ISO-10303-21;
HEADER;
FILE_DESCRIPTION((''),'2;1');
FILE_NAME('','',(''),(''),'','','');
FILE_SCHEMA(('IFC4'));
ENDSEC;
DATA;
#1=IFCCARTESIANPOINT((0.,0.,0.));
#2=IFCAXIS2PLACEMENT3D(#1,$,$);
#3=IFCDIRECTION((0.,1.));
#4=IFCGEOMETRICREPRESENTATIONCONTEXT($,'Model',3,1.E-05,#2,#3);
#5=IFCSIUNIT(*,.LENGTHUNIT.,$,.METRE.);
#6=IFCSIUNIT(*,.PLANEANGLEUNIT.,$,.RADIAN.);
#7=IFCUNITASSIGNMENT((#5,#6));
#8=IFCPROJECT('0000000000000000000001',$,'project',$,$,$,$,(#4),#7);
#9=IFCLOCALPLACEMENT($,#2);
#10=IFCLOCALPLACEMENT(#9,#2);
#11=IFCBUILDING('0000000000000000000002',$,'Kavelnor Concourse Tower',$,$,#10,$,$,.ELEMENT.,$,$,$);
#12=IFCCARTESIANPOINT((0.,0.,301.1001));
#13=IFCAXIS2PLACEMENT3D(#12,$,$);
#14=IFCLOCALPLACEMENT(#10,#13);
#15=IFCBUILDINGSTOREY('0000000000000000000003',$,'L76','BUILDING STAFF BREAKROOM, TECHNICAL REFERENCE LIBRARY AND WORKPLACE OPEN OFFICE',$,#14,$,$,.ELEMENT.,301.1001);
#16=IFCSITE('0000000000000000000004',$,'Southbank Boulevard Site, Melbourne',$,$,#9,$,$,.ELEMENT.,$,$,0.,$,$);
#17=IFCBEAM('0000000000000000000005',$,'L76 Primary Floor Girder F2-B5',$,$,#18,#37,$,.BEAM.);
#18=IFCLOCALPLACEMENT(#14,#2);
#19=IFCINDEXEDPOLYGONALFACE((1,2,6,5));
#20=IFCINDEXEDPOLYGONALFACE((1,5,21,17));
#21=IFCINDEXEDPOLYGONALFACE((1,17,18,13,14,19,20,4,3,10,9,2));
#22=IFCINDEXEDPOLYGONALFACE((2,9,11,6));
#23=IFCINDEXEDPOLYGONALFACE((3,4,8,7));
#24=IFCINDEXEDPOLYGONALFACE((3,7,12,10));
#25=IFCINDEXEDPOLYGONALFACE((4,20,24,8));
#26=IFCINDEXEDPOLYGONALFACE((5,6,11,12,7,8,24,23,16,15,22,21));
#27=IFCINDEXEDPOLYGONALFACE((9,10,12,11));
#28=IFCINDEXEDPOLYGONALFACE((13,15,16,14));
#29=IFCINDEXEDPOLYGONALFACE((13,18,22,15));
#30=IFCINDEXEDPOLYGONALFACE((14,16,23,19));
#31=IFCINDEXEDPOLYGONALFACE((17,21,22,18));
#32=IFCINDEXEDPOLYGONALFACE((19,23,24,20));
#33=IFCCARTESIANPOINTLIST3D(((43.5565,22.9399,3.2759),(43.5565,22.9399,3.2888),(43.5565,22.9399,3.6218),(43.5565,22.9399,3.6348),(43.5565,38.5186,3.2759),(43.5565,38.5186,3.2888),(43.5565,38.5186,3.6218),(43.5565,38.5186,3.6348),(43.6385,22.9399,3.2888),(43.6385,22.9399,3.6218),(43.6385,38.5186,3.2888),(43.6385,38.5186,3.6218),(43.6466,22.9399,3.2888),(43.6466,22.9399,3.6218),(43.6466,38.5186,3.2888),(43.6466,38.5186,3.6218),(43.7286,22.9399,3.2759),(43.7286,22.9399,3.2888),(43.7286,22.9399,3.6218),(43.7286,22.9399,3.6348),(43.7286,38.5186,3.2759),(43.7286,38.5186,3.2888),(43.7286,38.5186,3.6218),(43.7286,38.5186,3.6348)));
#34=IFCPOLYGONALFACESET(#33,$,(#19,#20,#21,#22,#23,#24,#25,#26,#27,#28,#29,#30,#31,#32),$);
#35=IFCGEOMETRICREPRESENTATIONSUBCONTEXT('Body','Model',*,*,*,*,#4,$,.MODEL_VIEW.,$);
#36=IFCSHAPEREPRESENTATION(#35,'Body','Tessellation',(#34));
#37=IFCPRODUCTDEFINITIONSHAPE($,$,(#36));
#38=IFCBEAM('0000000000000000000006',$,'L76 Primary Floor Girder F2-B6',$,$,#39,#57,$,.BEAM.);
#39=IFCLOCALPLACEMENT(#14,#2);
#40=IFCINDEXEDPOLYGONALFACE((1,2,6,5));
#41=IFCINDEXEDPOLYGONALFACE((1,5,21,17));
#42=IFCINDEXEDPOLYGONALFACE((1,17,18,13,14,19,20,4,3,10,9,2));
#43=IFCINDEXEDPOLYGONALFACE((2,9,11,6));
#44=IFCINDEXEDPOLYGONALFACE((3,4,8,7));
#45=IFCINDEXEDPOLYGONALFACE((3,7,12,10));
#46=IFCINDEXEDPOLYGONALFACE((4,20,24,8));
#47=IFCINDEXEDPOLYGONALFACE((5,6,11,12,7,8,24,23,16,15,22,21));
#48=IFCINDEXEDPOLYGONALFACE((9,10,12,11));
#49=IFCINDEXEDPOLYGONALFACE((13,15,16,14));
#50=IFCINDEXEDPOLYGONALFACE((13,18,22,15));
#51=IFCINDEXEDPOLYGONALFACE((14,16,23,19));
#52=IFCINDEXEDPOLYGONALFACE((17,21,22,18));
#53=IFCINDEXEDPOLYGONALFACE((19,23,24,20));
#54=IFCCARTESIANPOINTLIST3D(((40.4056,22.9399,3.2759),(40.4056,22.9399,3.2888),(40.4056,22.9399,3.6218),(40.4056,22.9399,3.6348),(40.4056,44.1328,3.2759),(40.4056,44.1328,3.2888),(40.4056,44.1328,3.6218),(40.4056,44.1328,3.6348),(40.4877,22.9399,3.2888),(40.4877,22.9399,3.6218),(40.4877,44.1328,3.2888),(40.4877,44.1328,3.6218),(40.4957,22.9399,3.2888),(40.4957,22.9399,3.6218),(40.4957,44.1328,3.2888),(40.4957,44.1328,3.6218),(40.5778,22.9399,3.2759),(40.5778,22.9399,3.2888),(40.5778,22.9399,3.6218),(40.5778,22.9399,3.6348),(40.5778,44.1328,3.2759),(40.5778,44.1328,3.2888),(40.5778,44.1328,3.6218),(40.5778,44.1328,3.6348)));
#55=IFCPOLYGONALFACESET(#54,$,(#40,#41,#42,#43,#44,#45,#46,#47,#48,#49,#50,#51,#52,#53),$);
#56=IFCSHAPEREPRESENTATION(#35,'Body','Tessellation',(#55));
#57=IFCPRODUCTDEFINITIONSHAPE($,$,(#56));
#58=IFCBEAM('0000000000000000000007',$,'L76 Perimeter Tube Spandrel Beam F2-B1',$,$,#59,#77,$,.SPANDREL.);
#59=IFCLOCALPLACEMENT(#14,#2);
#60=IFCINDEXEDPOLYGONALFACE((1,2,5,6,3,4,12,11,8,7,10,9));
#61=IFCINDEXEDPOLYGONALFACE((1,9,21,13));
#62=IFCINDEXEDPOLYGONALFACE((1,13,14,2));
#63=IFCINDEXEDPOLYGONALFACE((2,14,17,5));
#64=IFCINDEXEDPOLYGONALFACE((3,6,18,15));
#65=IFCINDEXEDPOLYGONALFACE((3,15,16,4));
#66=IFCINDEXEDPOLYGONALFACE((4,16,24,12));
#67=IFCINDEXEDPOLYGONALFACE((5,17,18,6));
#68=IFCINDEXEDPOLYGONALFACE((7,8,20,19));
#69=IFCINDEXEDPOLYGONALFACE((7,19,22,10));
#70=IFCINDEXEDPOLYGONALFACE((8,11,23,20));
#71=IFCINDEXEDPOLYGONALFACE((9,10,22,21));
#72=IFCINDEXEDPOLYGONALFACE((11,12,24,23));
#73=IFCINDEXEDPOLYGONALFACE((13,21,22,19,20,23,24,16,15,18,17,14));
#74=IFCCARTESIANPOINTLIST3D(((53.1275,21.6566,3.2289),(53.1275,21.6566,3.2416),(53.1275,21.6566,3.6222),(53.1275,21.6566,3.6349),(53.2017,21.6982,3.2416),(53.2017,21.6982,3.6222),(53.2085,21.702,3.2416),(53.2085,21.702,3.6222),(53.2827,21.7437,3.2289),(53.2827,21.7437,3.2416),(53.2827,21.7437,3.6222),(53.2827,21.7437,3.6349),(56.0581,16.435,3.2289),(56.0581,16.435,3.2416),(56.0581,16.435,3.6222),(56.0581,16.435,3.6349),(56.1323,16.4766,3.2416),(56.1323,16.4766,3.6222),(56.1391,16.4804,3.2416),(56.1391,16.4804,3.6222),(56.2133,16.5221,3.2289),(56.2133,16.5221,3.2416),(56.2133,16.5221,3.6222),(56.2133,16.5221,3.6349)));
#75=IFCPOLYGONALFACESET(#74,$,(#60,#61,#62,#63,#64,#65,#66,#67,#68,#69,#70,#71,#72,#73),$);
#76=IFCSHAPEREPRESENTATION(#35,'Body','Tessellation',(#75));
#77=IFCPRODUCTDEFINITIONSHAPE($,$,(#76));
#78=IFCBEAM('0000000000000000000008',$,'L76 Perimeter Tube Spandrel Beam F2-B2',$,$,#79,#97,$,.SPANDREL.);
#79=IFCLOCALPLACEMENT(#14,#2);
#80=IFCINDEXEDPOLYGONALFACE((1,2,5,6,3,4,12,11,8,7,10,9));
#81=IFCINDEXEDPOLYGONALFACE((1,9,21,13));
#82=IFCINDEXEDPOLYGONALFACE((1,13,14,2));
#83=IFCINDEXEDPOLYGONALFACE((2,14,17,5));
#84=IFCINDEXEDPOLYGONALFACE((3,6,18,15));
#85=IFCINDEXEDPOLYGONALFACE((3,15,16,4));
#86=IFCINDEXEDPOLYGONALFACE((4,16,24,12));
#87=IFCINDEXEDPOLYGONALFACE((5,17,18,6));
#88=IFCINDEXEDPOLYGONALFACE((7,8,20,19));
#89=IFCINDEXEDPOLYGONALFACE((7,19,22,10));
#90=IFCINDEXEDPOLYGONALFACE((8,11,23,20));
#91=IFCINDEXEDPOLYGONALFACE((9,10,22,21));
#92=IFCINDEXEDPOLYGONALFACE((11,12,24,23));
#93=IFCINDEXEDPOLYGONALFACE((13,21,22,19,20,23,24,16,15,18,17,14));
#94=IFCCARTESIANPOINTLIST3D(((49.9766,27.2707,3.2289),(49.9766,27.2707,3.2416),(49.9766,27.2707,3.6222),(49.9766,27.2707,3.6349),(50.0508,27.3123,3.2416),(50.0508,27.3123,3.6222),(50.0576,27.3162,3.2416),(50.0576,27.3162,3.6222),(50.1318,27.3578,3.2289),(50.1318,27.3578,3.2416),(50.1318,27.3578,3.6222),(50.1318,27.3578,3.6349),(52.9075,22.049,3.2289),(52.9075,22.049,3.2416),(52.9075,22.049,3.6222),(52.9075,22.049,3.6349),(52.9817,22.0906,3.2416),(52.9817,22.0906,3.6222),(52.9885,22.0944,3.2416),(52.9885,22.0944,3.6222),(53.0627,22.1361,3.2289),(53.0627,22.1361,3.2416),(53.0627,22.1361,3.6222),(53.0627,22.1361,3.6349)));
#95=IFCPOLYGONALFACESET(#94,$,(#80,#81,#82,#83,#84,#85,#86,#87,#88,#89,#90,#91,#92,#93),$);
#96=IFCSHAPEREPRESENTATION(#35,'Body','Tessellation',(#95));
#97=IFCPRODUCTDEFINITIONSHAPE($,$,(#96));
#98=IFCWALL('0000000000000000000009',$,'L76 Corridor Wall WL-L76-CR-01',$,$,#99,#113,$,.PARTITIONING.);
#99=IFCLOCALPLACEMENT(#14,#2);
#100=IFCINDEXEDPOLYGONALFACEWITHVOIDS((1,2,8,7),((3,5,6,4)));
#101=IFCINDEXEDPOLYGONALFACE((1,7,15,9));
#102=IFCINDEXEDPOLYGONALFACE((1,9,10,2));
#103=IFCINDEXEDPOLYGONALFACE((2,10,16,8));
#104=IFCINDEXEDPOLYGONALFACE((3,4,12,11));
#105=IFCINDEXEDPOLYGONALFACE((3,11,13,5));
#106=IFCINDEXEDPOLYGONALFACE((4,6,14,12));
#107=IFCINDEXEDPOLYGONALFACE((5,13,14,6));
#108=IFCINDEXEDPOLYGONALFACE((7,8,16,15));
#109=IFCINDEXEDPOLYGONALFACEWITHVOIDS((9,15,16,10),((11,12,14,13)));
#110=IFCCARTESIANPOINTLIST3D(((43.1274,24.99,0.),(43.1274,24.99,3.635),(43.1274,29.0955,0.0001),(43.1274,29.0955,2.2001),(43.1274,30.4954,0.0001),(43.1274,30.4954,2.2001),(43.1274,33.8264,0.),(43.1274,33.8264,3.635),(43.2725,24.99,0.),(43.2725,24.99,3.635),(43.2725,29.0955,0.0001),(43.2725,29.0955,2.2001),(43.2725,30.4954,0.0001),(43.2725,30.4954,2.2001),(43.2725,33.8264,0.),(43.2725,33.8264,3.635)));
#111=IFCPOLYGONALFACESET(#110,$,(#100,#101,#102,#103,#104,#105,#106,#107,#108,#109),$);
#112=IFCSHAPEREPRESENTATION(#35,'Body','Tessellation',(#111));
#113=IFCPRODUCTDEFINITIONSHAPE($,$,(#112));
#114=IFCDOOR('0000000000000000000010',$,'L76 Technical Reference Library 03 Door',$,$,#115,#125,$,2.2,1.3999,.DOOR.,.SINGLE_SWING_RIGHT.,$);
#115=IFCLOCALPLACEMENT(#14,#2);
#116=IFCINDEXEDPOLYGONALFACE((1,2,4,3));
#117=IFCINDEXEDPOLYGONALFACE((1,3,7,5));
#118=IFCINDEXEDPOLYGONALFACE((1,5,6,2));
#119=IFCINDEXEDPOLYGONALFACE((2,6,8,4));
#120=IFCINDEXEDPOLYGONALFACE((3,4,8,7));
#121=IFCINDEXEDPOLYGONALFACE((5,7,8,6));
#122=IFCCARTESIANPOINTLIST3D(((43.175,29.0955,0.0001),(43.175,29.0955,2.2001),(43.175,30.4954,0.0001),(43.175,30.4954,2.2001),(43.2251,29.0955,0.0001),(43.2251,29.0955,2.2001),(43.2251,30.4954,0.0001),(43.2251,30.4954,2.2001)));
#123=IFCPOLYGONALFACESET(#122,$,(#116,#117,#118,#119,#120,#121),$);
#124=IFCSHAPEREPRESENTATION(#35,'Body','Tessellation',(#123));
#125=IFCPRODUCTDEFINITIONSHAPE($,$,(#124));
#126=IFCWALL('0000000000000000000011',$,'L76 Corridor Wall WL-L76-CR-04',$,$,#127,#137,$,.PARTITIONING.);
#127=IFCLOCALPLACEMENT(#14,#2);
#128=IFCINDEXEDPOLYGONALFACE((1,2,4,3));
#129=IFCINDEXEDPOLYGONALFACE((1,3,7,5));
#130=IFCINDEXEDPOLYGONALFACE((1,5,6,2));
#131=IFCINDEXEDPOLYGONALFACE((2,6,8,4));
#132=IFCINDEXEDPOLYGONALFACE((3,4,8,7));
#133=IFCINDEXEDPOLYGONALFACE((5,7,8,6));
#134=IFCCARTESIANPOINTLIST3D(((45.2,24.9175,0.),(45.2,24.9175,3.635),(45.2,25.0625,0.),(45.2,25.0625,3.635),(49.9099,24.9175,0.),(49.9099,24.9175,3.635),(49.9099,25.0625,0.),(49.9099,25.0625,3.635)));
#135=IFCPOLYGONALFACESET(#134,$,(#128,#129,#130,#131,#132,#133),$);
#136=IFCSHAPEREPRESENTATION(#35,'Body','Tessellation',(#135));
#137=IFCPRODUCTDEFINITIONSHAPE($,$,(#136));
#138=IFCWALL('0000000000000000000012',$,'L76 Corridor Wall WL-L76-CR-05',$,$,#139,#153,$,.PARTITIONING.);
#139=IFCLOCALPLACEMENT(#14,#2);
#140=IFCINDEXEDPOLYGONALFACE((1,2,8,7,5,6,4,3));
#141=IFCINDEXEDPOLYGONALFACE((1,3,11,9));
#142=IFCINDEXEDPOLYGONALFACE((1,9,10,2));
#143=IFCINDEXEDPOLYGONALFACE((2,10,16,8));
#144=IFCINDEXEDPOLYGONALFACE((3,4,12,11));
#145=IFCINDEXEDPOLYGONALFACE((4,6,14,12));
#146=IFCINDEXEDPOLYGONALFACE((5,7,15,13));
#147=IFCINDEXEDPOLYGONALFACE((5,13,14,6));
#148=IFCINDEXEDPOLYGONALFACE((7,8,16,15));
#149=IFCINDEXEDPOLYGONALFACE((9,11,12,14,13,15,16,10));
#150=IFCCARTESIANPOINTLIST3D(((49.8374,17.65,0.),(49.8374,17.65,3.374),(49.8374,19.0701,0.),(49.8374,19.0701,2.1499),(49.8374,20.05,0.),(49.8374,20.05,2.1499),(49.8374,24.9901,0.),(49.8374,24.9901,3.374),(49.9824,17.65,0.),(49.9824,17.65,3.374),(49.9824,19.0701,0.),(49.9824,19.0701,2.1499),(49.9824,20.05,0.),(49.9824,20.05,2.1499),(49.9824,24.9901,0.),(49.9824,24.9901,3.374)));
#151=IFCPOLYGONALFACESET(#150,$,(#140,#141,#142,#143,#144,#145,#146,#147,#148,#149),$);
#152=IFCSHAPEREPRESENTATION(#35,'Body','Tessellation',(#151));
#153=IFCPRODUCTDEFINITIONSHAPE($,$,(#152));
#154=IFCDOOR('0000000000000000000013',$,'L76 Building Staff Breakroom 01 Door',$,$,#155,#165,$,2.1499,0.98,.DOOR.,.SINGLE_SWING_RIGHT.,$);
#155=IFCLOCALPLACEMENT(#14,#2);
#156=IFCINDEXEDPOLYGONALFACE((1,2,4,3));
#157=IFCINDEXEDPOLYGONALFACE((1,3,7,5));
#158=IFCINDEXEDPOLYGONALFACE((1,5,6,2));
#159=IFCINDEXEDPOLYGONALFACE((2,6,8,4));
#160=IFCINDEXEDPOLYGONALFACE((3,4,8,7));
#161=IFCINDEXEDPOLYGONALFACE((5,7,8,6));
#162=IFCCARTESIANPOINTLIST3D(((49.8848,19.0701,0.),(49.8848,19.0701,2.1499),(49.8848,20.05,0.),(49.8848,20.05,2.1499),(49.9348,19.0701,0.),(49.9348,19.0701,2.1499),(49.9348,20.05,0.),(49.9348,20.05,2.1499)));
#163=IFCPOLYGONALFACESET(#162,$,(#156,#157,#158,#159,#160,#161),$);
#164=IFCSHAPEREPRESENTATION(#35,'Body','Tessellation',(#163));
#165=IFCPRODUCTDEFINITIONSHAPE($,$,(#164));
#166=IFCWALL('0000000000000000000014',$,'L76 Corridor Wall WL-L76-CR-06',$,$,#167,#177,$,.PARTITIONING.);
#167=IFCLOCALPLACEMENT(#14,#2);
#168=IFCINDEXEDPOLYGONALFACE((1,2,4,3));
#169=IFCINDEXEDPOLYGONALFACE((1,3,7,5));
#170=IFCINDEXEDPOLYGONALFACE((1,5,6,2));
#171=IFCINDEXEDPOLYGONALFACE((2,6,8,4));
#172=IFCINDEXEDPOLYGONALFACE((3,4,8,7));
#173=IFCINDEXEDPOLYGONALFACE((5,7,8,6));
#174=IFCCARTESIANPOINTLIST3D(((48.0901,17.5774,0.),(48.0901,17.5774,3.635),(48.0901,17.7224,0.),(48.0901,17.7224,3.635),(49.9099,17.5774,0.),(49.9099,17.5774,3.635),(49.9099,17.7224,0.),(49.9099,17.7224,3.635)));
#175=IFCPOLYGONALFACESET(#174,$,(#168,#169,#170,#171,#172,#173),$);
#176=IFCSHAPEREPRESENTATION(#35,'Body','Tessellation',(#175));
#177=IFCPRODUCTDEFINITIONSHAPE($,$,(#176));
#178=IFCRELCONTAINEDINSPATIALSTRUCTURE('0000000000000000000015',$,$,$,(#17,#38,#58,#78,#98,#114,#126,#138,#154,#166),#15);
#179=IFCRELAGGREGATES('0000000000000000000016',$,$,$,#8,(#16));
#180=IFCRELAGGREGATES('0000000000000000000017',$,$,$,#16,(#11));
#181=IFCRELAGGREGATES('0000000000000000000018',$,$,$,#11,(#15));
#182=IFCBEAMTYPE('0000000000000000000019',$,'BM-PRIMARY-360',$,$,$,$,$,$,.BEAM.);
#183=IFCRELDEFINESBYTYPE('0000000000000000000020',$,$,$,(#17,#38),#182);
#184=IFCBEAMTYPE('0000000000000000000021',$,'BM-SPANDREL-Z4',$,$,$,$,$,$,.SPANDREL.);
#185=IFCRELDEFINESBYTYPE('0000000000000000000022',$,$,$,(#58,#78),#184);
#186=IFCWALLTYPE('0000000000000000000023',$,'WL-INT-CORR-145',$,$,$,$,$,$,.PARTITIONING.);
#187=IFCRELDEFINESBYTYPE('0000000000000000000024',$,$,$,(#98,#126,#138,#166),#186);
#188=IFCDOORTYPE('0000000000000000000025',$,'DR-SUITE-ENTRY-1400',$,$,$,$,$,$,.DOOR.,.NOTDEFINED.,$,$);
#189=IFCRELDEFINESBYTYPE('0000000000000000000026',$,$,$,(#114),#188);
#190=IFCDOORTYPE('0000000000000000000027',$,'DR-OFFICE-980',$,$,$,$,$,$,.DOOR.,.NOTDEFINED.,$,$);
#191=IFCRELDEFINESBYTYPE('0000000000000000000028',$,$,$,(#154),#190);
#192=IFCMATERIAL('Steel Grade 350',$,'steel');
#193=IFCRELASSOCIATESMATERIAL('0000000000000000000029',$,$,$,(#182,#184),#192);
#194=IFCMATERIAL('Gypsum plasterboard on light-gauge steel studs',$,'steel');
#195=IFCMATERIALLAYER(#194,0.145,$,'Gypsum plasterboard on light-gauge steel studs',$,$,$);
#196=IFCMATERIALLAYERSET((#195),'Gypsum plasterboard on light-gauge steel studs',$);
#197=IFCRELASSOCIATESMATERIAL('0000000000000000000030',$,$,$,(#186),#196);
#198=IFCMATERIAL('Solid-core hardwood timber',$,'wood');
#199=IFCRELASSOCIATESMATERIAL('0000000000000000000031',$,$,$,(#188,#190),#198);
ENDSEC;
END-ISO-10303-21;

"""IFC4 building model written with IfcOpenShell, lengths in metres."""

from ifc_helpers import new_model, si_unit, direction, frame, frame_2d, origin, origin_2d, place, context, subcontext, project, spatial, rectangle, i_section, extrude, material, layer, layer_set, material_profile, profile_set, type_object, element, fill, save


model = new_model("IFC4")

# Units and contexts
model_context = context("Model", 3, precision=1e-05, world=origin(), true_north=direction((0.0, 1.0)))
body_context = subcontext(model_context, "Body", "Model", "MODEL_VIEW")
ifc_project = project(units=[si_unit("LENGTHUNIT", "METRE"), si_unit("PLANEANGLEUNIT", "RADIAN")], contexts=[model_context])

# Site, building, storey
site_placement = place(None, origin())
site = spatial("IfcSite", under=ifc_project, at=site_placement, Name="Southbank Boulevard Site, Melbourne", CompositionType="ELEMENT", RefElevation=0.0)
building_placement = place(site_placement, origin())
building = spatial("IfcBuilding", under=site, at=building_placement, Name="Kavelnor Concourse Tower", CompositionType="ELEMENT")
storey_placement = place(building_placement, frame((0.0, 0.0, 301.1001)))
storey = spatial("IfcBuildingStorey", under=building, at=storey_placement, Name="L76", Description="BUILDING STAFF BREAKROOM, TECHNICAL REFERENCE LIBRARY AND WORKPLACE OPEN OFFICE", CompositionType="ELEMENT", Elevation=301.1001)

# Shared definitions
ifc_material_1 = material(Name="Steel Grade 350", Category="steel")

# Beams
ifc_material_profile_1 = material_profile(ifc_material_1, i_section(OverallWidth=0.1721, OverallDepth=0.3589, WebThickness=0.0081, FlangeThickness=0.0129, at=origin_2d()), Name="360UB56")
ifc_profile_set_1 = profile_set([ifc_material_profile_1], Name="Steel Grade 350")
beam_type_1 = type_object("IfcBeamType", Name="BM-PRIMARY-360", PredefinedType="BEAM", material=ifc_profile_set_1)
beam_1_placement = place(storey_placement, frame((43.6426, 22.9399, 3.4553), z_axis=(0.0, 1.0, 0.0), x_axis=(-1.0, 0.0, 0.0)))
element("IfcBeam", 1, at=beam_1_placement, inside=storey, type_object=beam_type_1, Name="L76 Primary Floor Girder F2-B5", PredefinedType="BEAM", context=body_context, shape_type="SweptSolid", body=[
    extrude(i_section(OverallWidth=0.1721, OverallDepth=0.3589, WebThickness=0.0081, FlangeThickness=0.0129, at=origin_2d()), origin(), (0.0, 0.0, 1.0), 15.5786),
])
beam_2_placement = place(storey_placement, frame((40.4917, 22.9399, 3.4553), z_axis=(0.0, 1.0, 0.0), x_axis=(-1.0, 0.0, 0.0)))
element("IfcBeam", 2, at=beam_2_placement, inside=storey, type_object=beam_type_1, Name="L76 Primary Floor Girder F2-B6", PredefinedType="BEAM", context=body_context, shape_type="SweptSolid", body=[
    extrude(i_section(OverallWidth=0.1721, OverallDepth=0.3589, WebThickness=0.0081, FlangeThickness=0.0129, at=origin_2d()), origin(), (0.0, 0.0, 1.0), 21.1929),
])
ifc_material_profile_2 = material_profile(ifc_material_1, i_section(OverallWidth=0.178, OverallDepth=0.406, WebThickness=0.0078, FlangeThickness=0.0127, at=origin_2d()), Name="410UB59")
ifc_profile_set_2 = profile_set([ifc_material_profile_2], Name="Steel Grade 350")
beam_type_2 = type_object("IfcBeamType", Name="BM-SPANDREL-Z4", PredefinedType="SPANDREL", material=ifc_profile_set_2)
beam_3_placement = place(storey_placement, frame((56.1357, 16.4785, 3.4319), z_axis=(-0.489433, 0.872041, 0.0), x_axis=(-0.872041, -0.489433, 0.0)))
element("IfcBeam", 3, at=beam_3_placement, inside=storey, type_object=beam_type_2, Name="L76 Perimeter Tube Spandrel Beam F2-B1", PredefinedType="SPANDREL", context=body_context, shape_type="SweptSolid", body=[
    extrude(i_section(OverallWidth=0.178, OverallDepth=0.406, WebThickness=0.0078, FlangeThickness=0.0127, at=origin_2d()), origin(), (0.0, 0.0, 1.0), 5.9878),
])
beam_4_placement = place(storey_placement, frame((52.9851, 22.0925, 3.4319), z_axis=(-0.489464, 0.872024, 0.0), x_axis=(-0.872024, -0.489464, 0.0)))
element("IfcBeam", 4, at=beam_4_placement, inside=storey, type_object=beam_type_2, Name="L76 Perimeter Tube Spandrel Beam F2-B2", PredefinedType="SPANDREL", context=body_context, shape_type="SweptSolid", body=[
    extrude(i_section(OverallWidth=0.178, OverallDepth=0.406, WebThickness=0.0078, FlangeThickness=0.0127, at=origin_2d()), origin(), (0.0, 0.0, 1.0), 5.988),
])

# Wall, opening, door
ifc_material_2 = material(Name="Gypsum plasterboard on light-gauge steel studs", Category="steel")
ifc_layer_1 = layer(ifc_material_2, 0.145, Name="Gypsum plasterboard on light-gauge steel studs")
ifc_layer_set_1 = layer_set([ifc_layer_1], Name="Gypsum plasterboard on light-gauge steel studs")
wall_type_1 = type_object("IfcWallType", Name="WL-INT-CORR-145", PredefinedType="PARTITIONING", material=ifc_layer_set_1)
wall_1_placement = place(storey_placement, frame((43.2, 24.99, 0.0), z_axis=(0.0, 0.0, 1.0), x_axis=(0.0, 1.0, 0.0)))
wall_1 = element("IfcWall", 5, at=wall_1_placement, inside=storey, type_object=wall_type_1, Name="L76 Corridor Wall WL-L76-CR-01", PredefinedType="PARTITIONING", context=body_context, shape_type="SweptSolid", body=[
    extrude(rectangle(XDim=8.8364, YDim=0.145, at=frame_2d((4.4182, 0.0))), origin(), (0.0, 0.0, 1.0), 3.635),
])
opening_1_placement = place(wall_1_placement, frame((4.1055, 0.0, 0.0)))
opening_1 = element("IfcOpeningElement", 6, at=opening_1_placement, cuts=wall_1, PredefinedType="OPENING", context=body_context, shape_type="SweptSolid", body=[
    extrude(rectangle(XDim=1.3999, YDim=2.2, at=frame_2d((0.7, 1.1001))), frame((0.0, 0.0825, 0.0), z_axis=(0.0, -1.0, 0.0), x_axis=(1.0, 0.0, 0.0)), (0.0, 0.0, 1.0), 0.165),
])
ifc_material_3 = material(Name="Solid-core hardwood timber", Category="wood")
door_type_1 = type_object("IfcDoorType", Name="DR-SUITE-ENTRY-1400", OperationType="NOTDEFINED", PredefinedType="DOOR", material=ifc_material_3)
door_1_placement = place(opening_1_placement, origin())
door_1 = element("IfcDoor", 7, at=door_1_placement, inside=storey, type_object=door_type_1, Name="L76 Technical Reference Library 03 Door", OperationType="SINGLE_SWING_RIGHT", OverallHeight=2.2, OverallWidth=1.3999, PredefinedType="DOOR", context=body_context, shape_type="SweptSolid", body=[
    extrude(rectangle(XDim=1.3999, YDim=2.2, at=frame_2d((0.7, 1.1001))), frame((0.0, 0.0249, 0.0), z_axis=(0.0, -1.0, 0.0), x_axis=(1.0, 0.0, 0.0)), (0.0, 0.0, 1.0), 0.05),
])
fill(opening_1, door_1)

# Wall
wall_2_placement = place(storey_placement, frame((45.2, 24.99, 0.0), z_axis=(0.0, 0.0, 1.0), x_axis=(1.0, 0.0, 0.0)))
element("IfcWall", 8, at=wall_2_placement, inside=storey, type_object=wall_type_1, Name="L76 Corridor Wall WL-L76-CR-04", PredefinedType="PARTITIONING", context=body_context, shape_type="SweptSolid", body=[
    extrude(rectangle(XDim=4.71, YDim=0.145, at=frame_2d((2.355, 0.0))), origin(), (0.0, 0.0, 1.0), 3.635),
])

# Wall, opening, door
wall_3_placement = place(storey_placement, frame((49.9099, 24.99, 0.0), z_axis=(0.0, 0.0, 1.0), x_axis=(0.0, -1.0, 0.0)))
wall_3 = element("IfcWall", 9, at=wall_3_placement, inside=storey, type_object=wall_type_1, Name="L76 Corridor Wall WL-L76-CR-05", PredefinedType="PARTITIONING", context=body_context, shape_type="SweptSolid", body=[
    extrude(rectangle(XDim=7.3401, YDim=0.145, at=frame_2d((3.6699, 0.0))), origin(), (0.0, 0.0, 1.0), 3.374),
])
opening_2_placement = place(wall_3_placement, frame((4.9399, 0.0, 0.0)))
opening_2 = element("IfcOpeningElement", 10, at=opening_2_placement, cuts=wall_3, PredefinedType="OPENING", context=body_context, shape_type="SweptSolid", body=[
    extrude(rectangle(XDim=0.98, YDim=2.1499, at=frame_2d((0.49, 1.075))), frame((0.0, 0.0825, 0.0), z_axis=(0.0, -1.0, 0.0), x_axis=(1.0, 0.0, 0.0)), (0.0, 0.0, 1.0), 0.165),
])
door_type_2 = type_object("IfcDoorType", Name="DR-OFFICE-980", OperationType="NOTDEFINED", PredefinedType="DOOR", material=ifc_material_3)
door_2_placement = place(opening_2_placement, origin())
door_2 = element("IfcDoor", 11, at=door_2_placement, inside=storey, type_object=door_type_2, Name="L76 Building Staff Breakroom 01 Door", OperationType="SINGLE_SWING_RIGHT", OverallHeight=2.1499, OverallWidth=0.98, PredefinedType="DOOR", context=body_context, shape_type="SweptSolid", body=[
    extrude(rectangle(XDim=0.98, YDim=2.1499, at=frame_2d((0.49, 1.075))), frame((0.0, 0.0249, 0.0), z_axis=(0.0, -1.0, 0.0), x_axis=(1.0, 0.0, 0.0)), (0.0, 0.0, 1.0), 0.05),
])
fill(opening_2, door_2)

# Wall
wall_4_placement = place(storey_placement, frame((49.9099, 17.6499, 0.0), z_axis=(0.0, 0.0, 1.0), x_axis=(-1.0, 0.0, 0.0)))
element("IfcWall", 12, at=wall_4_placement, inside=storey, type_object=wall_type_1, Name="L76 Corridor Wall WL-L76-CR-06", PredefinedType="PARTITIONING", context=body_context, shape_type="SweptSolid", body=[
    extrude(rectangle(XDim=1.8198, YDim=0.145, at=frame_2d((0.9099, 0.0))), origin(), (0.0, 0.0, 1.0), 3.635),
])

save(model, "model.ifc")
